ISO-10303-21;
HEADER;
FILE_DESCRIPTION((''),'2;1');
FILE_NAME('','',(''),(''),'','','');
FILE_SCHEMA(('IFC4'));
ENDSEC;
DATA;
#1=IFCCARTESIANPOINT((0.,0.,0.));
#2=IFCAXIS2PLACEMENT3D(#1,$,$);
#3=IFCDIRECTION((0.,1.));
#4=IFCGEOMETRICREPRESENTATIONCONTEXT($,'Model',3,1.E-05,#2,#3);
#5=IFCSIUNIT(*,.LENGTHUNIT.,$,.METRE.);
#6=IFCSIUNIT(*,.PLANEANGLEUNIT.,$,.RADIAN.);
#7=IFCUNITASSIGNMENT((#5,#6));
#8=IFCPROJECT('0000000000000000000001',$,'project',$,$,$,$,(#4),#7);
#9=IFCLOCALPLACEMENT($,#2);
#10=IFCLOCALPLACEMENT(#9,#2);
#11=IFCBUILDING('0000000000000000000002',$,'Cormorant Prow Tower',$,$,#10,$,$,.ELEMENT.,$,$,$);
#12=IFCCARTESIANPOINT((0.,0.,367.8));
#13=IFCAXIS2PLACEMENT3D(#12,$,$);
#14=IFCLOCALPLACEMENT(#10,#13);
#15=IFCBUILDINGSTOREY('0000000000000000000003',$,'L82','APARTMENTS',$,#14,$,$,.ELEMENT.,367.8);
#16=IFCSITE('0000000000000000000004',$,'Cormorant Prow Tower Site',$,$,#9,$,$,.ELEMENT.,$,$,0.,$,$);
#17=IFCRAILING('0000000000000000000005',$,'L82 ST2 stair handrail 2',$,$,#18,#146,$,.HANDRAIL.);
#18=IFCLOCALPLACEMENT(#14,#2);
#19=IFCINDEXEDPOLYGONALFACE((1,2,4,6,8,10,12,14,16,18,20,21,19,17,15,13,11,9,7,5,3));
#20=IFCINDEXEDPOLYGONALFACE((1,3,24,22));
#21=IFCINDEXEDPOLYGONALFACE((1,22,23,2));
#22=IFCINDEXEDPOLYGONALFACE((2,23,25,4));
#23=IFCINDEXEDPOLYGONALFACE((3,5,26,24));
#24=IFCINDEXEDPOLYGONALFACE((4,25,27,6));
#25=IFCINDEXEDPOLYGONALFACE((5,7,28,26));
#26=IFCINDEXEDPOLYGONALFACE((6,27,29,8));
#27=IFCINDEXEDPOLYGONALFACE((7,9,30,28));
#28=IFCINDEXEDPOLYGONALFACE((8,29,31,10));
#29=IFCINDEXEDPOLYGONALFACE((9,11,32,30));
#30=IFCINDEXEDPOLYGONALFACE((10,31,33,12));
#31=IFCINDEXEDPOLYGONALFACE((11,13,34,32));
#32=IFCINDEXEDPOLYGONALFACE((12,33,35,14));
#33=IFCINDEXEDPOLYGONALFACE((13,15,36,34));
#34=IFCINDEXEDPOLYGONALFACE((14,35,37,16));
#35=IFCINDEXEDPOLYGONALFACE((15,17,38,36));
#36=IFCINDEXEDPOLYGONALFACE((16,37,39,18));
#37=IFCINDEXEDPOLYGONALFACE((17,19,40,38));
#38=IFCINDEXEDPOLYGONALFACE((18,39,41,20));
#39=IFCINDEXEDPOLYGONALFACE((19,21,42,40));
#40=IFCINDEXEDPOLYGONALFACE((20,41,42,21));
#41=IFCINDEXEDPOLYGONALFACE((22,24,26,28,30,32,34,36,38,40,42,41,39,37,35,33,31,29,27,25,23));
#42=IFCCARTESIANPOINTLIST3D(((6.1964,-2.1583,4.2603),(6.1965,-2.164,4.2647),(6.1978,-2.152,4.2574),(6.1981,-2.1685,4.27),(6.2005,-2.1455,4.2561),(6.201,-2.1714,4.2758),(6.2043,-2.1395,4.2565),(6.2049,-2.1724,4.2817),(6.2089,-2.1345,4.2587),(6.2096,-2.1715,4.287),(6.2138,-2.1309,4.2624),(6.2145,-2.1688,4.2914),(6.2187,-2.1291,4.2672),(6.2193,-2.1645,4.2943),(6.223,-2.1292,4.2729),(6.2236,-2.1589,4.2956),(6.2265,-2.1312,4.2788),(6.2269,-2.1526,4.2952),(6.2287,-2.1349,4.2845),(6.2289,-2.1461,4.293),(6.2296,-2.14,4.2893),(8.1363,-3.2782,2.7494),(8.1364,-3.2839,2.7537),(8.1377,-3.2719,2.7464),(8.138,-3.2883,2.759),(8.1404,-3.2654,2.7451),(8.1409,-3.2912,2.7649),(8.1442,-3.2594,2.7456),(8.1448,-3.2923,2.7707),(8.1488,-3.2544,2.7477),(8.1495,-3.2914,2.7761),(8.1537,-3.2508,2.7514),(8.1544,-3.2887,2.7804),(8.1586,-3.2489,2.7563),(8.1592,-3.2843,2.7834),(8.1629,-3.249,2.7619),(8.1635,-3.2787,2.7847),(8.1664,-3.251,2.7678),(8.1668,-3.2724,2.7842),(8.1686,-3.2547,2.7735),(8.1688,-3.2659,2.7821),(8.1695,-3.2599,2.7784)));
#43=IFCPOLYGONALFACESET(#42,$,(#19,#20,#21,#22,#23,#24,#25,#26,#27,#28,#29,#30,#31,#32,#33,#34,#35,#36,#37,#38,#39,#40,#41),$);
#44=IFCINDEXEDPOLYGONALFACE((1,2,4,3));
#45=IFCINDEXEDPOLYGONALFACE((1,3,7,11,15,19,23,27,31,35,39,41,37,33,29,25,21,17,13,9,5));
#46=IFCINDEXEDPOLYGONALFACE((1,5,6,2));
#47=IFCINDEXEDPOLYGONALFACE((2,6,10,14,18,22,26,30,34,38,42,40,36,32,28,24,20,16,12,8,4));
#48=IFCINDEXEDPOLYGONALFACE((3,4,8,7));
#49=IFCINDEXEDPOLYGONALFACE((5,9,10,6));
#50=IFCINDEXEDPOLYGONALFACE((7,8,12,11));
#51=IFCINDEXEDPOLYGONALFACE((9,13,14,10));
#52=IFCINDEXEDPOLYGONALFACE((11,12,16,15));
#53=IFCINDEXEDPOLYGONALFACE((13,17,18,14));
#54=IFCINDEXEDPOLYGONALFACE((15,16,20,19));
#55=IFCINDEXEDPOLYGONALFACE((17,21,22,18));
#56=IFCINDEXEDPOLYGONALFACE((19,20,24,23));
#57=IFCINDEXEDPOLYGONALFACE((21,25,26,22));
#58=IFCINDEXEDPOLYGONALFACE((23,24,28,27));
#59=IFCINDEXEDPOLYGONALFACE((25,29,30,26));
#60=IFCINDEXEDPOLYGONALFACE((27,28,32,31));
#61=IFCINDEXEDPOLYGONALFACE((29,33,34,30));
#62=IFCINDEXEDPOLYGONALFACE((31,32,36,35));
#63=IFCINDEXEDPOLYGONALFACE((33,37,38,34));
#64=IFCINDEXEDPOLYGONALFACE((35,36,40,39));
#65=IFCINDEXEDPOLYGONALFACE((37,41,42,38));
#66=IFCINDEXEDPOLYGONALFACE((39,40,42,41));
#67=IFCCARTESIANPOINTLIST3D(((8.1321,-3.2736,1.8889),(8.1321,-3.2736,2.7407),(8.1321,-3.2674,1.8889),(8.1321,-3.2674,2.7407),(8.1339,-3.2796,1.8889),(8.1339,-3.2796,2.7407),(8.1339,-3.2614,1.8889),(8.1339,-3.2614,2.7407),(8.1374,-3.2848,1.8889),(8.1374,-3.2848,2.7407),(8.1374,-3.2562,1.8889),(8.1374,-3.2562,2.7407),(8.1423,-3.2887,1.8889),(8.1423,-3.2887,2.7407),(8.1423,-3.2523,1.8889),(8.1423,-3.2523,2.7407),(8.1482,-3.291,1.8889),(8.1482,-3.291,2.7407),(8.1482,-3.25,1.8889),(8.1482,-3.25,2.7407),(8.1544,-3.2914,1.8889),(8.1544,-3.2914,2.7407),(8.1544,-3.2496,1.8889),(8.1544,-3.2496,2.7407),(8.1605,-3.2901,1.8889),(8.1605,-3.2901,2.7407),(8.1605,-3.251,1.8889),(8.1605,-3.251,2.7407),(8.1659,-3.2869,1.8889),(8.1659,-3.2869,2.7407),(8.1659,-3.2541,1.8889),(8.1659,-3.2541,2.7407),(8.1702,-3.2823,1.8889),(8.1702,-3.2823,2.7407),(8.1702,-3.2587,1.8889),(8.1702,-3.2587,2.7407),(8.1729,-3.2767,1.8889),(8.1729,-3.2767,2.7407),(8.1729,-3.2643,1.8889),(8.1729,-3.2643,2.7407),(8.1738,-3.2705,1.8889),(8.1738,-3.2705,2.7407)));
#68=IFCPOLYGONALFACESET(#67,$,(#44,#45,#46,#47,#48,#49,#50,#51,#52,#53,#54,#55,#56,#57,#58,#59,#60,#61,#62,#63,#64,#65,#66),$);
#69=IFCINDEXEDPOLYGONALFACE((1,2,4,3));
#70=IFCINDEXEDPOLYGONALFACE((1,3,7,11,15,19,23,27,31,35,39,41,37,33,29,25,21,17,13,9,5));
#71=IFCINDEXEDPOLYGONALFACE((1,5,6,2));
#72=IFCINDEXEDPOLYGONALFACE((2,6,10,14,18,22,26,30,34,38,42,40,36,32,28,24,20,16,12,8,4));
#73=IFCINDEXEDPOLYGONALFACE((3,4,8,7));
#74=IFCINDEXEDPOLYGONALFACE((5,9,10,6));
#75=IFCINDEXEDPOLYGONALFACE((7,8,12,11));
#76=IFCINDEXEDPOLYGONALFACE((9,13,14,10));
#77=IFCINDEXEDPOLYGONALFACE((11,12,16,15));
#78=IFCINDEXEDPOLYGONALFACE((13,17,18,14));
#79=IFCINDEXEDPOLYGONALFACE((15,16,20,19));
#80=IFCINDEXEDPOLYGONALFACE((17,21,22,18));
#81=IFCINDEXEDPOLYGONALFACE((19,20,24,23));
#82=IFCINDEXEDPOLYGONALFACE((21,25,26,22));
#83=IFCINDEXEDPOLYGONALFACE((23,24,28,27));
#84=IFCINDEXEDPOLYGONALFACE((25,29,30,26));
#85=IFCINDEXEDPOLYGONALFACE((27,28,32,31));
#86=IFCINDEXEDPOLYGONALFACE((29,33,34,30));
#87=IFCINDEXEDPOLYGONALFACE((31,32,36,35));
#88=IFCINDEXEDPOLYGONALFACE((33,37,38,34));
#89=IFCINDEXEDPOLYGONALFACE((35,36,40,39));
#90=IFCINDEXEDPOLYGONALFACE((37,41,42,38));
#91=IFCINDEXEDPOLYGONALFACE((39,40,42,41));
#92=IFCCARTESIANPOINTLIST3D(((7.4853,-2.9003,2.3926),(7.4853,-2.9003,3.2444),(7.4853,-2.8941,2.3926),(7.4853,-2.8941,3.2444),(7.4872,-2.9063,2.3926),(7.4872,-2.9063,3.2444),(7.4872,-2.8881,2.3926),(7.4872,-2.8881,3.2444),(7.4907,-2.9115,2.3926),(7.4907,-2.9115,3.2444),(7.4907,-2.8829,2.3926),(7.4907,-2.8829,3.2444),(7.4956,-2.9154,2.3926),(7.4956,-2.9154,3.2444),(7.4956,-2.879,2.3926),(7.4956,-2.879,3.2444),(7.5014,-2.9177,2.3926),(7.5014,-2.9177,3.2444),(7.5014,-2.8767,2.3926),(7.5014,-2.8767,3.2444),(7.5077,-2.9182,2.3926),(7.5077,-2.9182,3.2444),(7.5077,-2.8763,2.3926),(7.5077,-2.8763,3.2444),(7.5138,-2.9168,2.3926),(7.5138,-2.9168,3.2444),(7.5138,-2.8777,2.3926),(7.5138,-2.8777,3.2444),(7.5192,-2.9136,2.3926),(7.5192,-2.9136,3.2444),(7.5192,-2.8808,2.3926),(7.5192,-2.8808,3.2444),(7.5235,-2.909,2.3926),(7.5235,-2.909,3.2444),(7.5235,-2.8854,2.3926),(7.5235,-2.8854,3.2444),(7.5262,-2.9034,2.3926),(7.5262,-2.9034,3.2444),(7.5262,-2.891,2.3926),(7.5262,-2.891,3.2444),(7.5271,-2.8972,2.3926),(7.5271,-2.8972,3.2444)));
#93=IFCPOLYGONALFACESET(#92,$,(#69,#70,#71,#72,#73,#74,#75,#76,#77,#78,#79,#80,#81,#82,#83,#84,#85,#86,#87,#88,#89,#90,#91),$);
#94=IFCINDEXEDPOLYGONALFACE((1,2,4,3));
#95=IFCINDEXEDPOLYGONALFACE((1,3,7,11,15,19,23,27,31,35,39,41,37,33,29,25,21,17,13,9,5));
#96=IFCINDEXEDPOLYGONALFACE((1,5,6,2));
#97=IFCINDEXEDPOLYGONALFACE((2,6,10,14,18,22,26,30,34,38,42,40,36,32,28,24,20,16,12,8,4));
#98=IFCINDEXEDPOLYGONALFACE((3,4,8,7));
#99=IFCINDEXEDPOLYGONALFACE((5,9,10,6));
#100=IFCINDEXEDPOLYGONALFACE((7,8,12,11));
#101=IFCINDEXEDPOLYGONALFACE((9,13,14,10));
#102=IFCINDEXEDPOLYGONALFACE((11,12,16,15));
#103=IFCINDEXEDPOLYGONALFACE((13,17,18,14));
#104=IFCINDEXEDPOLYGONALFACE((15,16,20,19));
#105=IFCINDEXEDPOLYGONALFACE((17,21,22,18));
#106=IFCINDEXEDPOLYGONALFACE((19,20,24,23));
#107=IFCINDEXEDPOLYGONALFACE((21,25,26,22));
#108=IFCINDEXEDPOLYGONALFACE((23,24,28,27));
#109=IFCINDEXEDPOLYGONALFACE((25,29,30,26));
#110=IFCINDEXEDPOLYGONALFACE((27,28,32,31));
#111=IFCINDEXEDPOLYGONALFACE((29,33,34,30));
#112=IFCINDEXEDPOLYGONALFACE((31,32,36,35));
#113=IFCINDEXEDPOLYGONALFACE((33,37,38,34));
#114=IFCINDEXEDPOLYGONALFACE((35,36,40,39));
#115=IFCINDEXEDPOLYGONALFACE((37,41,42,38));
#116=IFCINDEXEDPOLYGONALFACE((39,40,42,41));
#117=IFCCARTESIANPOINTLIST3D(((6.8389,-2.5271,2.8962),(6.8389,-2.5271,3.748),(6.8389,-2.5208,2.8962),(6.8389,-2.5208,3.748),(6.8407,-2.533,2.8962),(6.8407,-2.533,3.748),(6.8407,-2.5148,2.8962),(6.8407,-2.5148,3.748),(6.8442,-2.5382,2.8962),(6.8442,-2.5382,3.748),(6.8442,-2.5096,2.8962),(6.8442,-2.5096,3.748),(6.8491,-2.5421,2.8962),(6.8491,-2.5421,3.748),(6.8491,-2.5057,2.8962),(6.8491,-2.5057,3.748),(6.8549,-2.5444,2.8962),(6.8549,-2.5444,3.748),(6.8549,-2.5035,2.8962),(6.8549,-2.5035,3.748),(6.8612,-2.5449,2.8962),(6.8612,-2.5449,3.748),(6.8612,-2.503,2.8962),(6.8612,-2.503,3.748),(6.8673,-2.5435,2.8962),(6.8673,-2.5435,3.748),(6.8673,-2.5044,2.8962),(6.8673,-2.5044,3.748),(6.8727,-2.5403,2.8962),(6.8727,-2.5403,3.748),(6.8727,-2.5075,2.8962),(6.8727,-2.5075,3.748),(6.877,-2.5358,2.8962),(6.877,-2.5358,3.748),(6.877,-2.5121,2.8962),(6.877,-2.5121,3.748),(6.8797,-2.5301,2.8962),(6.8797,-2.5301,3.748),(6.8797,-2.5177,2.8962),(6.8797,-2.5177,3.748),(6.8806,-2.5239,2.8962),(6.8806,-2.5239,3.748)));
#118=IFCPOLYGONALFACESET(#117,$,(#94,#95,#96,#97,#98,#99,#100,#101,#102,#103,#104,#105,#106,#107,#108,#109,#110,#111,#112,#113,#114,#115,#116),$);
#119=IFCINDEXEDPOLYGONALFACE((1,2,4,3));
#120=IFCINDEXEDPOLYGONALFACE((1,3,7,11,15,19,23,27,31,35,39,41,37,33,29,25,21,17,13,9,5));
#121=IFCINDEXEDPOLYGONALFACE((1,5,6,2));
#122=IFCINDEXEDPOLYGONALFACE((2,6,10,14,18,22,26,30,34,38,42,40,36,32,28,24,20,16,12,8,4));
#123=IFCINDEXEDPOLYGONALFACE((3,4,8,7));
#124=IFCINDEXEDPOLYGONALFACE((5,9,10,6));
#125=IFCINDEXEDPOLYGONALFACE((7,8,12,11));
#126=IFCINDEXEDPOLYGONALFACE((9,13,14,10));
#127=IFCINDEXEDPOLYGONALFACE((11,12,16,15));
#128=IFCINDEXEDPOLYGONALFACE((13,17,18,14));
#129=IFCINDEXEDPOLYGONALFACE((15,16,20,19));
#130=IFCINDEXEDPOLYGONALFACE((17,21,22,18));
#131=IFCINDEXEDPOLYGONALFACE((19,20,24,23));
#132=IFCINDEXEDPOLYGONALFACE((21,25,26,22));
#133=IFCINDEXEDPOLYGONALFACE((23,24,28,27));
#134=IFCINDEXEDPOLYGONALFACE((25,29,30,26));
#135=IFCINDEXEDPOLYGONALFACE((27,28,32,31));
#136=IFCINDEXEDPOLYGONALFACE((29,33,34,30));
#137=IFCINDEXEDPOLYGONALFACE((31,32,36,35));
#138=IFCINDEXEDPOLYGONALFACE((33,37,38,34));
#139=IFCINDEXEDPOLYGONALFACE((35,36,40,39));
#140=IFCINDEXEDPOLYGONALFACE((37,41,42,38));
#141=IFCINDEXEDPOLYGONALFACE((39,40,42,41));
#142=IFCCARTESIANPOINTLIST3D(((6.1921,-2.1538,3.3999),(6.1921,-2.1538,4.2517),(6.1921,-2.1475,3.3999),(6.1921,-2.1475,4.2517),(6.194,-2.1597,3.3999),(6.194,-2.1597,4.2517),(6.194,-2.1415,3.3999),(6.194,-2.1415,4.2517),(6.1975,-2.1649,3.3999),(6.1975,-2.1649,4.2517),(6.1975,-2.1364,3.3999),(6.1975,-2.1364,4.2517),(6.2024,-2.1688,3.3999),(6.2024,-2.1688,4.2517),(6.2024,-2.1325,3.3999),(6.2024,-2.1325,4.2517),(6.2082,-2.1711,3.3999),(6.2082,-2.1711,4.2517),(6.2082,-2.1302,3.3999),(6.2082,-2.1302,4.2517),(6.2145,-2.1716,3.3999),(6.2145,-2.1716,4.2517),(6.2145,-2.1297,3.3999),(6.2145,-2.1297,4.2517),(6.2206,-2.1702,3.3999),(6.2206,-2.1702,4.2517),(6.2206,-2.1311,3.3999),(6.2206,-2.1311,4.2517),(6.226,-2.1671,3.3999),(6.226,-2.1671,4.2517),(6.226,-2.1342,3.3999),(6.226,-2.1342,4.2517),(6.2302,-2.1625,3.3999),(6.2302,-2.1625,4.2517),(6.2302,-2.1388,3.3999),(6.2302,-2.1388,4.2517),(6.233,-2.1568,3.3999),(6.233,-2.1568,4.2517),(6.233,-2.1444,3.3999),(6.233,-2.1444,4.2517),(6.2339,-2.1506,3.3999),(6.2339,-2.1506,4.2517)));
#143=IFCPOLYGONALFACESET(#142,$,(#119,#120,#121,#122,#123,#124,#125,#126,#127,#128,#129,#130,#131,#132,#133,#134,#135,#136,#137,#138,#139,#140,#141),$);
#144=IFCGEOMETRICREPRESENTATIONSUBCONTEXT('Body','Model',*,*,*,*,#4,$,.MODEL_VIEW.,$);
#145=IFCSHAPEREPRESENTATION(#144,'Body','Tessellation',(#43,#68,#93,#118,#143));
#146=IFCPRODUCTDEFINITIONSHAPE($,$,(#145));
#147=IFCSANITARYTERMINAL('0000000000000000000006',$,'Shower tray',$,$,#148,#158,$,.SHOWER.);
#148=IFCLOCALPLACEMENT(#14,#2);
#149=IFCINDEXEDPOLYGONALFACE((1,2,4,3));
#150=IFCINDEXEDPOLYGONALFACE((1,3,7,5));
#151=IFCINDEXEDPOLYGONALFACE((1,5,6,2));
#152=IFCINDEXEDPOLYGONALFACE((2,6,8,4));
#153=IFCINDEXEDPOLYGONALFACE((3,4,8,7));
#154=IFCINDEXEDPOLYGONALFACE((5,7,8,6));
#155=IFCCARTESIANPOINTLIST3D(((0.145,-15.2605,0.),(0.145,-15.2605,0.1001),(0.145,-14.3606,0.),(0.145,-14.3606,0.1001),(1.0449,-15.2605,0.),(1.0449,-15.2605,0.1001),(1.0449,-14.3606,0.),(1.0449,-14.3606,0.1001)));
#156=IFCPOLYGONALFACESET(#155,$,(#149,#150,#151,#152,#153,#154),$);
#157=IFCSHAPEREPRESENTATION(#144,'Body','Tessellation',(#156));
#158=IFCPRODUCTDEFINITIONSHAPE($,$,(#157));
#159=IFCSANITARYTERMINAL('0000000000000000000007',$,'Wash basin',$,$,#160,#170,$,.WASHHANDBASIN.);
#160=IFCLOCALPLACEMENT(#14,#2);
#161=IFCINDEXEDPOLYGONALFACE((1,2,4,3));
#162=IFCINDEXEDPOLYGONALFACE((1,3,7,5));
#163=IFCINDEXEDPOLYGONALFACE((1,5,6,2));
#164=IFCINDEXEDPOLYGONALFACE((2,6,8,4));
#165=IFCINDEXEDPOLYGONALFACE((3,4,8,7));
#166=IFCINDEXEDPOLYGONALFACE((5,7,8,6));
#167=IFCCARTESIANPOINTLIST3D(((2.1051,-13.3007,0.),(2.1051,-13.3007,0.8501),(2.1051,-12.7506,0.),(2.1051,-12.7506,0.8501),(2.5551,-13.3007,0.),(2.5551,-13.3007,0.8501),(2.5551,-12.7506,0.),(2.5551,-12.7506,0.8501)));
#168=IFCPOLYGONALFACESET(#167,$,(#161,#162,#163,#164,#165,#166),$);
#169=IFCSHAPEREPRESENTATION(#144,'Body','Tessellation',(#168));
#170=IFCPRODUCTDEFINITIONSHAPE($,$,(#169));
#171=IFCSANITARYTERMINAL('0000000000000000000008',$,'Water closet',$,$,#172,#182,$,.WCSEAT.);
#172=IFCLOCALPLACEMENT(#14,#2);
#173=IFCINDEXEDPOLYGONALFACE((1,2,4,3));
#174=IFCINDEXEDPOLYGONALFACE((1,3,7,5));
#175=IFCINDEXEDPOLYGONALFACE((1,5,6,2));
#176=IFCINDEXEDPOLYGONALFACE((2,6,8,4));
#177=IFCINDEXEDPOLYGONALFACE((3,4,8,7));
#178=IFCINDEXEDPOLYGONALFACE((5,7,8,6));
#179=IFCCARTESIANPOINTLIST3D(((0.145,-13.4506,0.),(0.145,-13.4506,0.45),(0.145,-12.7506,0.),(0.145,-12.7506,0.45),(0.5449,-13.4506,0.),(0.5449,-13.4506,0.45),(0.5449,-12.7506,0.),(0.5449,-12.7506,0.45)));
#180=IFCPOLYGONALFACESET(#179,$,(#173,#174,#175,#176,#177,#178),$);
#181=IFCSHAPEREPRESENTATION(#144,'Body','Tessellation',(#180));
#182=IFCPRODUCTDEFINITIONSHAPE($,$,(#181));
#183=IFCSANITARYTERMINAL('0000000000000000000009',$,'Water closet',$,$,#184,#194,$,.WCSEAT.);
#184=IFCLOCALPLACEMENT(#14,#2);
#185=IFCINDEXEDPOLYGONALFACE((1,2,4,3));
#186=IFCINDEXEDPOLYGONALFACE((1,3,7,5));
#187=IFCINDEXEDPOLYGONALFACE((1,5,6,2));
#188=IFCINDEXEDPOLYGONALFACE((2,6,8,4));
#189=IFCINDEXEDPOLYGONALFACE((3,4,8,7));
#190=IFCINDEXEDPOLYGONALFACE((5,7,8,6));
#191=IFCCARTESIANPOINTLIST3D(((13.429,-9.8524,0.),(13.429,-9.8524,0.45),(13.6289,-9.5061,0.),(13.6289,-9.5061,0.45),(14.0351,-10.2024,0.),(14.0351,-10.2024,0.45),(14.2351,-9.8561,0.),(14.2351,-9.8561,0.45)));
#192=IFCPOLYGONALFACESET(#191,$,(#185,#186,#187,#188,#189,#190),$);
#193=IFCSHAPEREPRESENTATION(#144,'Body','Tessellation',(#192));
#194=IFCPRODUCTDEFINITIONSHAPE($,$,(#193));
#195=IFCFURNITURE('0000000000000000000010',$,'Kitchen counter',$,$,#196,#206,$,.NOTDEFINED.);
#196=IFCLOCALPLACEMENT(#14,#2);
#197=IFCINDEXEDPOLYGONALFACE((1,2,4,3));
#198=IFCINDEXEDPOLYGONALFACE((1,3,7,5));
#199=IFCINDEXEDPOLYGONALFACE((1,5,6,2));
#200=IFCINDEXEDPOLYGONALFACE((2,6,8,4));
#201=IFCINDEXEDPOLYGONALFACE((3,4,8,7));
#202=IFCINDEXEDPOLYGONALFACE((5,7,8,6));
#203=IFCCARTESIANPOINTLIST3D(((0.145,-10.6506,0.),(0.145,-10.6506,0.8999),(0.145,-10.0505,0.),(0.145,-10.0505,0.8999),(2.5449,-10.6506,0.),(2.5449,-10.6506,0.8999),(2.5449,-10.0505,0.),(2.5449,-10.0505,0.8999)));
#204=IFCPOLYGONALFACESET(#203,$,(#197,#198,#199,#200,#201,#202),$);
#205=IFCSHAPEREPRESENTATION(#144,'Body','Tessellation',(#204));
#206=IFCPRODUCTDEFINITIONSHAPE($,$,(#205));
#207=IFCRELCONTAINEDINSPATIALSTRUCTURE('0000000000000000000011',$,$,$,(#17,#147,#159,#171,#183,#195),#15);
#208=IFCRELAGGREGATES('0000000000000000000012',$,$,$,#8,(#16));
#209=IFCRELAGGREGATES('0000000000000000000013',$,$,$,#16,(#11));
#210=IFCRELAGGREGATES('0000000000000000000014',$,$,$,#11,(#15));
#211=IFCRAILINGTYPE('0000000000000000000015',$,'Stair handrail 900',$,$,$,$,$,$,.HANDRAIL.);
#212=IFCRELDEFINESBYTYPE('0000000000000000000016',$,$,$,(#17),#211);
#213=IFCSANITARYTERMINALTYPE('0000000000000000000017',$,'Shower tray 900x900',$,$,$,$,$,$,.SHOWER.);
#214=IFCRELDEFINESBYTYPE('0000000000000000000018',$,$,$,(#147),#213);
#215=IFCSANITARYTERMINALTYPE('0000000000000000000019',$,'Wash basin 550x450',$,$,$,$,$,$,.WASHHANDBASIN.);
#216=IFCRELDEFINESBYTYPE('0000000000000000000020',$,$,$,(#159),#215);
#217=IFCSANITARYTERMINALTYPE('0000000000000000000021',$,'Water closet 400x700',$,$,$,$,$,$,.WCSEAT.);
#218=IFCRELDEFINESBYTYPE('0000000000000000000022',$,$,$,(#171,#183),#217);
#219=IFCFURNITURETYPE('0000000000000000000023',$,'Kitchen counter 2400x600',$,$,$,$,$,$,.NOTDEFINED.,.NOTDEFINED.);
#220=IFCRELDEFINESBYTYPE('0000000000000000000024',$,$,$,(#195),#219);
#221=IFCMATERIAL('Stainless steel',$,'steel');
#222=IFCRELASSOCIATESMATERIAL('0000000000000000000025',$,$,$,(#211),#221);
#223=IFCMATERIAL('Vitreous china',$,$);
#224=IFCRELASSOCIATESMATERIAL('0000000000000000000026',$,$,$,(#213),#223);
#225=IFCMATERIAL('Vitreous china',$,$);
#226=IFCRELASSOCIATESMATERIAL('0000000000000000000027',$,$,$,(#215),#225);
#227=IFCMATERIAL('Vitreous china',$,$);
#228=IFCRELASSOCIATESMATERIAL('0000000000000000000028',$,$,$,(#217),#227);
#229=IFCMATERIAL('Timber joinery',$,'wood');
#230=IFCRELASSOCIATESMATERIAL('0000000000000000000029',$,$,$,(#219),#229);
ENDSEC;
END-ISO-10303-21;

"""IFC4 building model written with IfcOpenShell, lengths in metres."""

from ifc_helpers import new_model, si_unit, direction, frame, origin, origin_2d, place, context, subcontext, project, spatial, rectangle, circle, extrude, material, type_object, element, save


model = new_model("IFC4")

# Units and contexts
model_context = context("Model", 3, precision=1e-05, world=origin(), true_north=direction((0.0, 1.0)))
body_context = subcontext(model_context, "Body", "Model", "MODEL_VIEW")
ifc_project = project(units=[si_unit("LENGTHUNIT", "METRE"), si_unit("PLANEANGLEUNIT", "RADIAN")], contexts=[model_context])

# Site, building, storey
site_placement = place(None, origin())
site = spatial("IfcSite", under=ifc_project, at=site_placement, Name="Cormorant Prow Tower Site", CompositionType="ELEMENT", RefElevation=0.0)
building_placement = place(site_placement, origin())
building = spatial("IfcBuilding", under=site, at=building_placement, Name="Cormorant Prow Tower", CompositionType="ELEMENT")
storey_placement = place(building_placement, frame((0.0, 0.0, 367.8)))
storey = spatial("IfcBuildingStorey", under=building, at=storey_placement, Name="L82", Description="APARTMENTS", CompositionType="ELEMENT", Elevation=367.8)

# Railing
ifc_material_1 = material(Name="Stainless steel", Category="steel")
railing_type = type_object("IfcRailingType", Name="Stair handrail 900", PredefinedType="HANDRAIL", material=ifc_material_1)
railing_1_placement = place(storey_placement, frame((8.1528, -3.2705, 1.8889)))
element("IfcRailing", 1, at=railing_1_placement, inside=storey, type_object=railing_type, Name="L82 ST2 stair handrail 2", PredefinedType="HANDRAIL", context=body_context, shape_type="SweptSolid", body=[
    extrude(circle(Radius=0.0239, at=origin_2d()), frame((0.0, 0.0, 0.876), z_axis=(-0.717977, 0.414467, 0.559219), x_axis=(-0.499949, -0.866055, 0.0)), (0.0, 0.0, 1.0), 2.7019),
    extrude(circle(Radius=0.021, at=origin_2d()), origin(), (0.0, 0.0, 1.0), 0.8518),
    extrude(circle(Radius=0.021, at=origin_2d()), frame((-0.6467, 0.3733, 0.5037)), (0.0, 0.0, 1.0), 0.8518),
    extrude(circle(Radius=0.021, at=origin_2d()), frame((-1.2932, 0.7466, 1.0073)), (0.0, 0.0, 1.0), 0.8518),
    extrude(circle(Radius=0.021, at=origin_2d()), frame((-1.9399, 1.1199, 1.511)), (0.0, 0.0, 1.0), 0.8518),
])

# Sanitary terminals
ifc_material_2 = material(Name="Vitreous china")
sanitary_terminal_type_1 = type_object("IfcSanitaryTerminalType", Name="Shower tray 900x900", PredefinedType="SHOWER", material=ifc_material_2)
sanitary_terminal_1_placement = place(storey_placement, frame((0.595, -14.8105, 0.0), z_axis=(0.0, 0.0, 1.0), x_axis=(0.0, 1.0, 0.0)))
element("IfcSanitaryTerminal", 2, at=sanitary_terminal_1_placement, inside=storey, type_object=sanitary_terminal_type_1, Name="Shower tray", PredefinedType="SHOWER", context=body_context, shape_type="SweptSolid", body=[
    extrude(rectangle(XDim=0.8999, YDim=0.8999, at=origin_2d()), origin(), (0.0, 0.0, 1.0), 0.1001),
])
ifc_material_3 = material(Name="Vitreous china")
sanitary_terminal_type_2 = type_object("IfcSanitaryTerminalType", Name="Wash basin 550x450", PredefinedType="WASHHANDBASIN", material=ifc_material_3)
sanitary_terminal_2_placement = place(storey_placement, frame((2.3301, -13.0256, 0.0), z_axis=(0.0, 0.0, 1.0), x_axis=(0.0, -1.0, 0.0)))
element("IfcSanitaryTerminal", 3, at=sanitary_terminal_2_placement, inside=storey, type_object=sanitary_terminal_type_2, Name="Wash basin", PredefinedType="WASHHANDBASIN", context=body_context, shape_type="SweptSolid", body=[
    extrude(rectangle(XDim=0.55, YDim=0.45, at=origin_2d()), origin(), (0.0, 0.0, 1.0), 0.8501),
])
ifc_material_4 = material(Name="Vitreous china")
sanitary_terminal_type_3 = type_object("IfcSanitaryTerminalType", Name="Water closet 400x700", PredefinedType="WCSEAT", material=ifc_material_4)
for number, where, z_axis, x_axis, name in (
    (4, (0.345, -13.1006, 0.0), (0.0, 0.0, 1.0), (1.0, 0.0, 0.0), "Water closet"),
    (5, (13.832, -9.8542, 0.0), (0.0, 0.0, 1.0), (0.5, 0.866025, 0.0), "Water closet"),
):
    element("IfcSanitaryTerminal", number, at=place(storey_placement, frame(where, z_axis=z_axis, x_axis=x_axis)), inside=storey, type_object=sanitary_terminal_type_3, Name=name, PredefinedType="WCSEAT", context=body_context, shape_type="SweptSolid", body=[
        extrude(rectangle(XDim=0.3999, YDim=0.7, at=origin_2d()), origin(), (0.0, 0.0, 1.0), 0.45),
    ])

# Furniture
ifc_material_5 = material(Name="Timber joinery", Category="wood")
furniture_type = type_object("IfcFurnitureType", Name="Kitchen counter 2400x600", AssemblyPlace="NOTDEFINED", PredefinedType="NOTDEFINED", material=ifc_material_5)
furniture_placement = place(storey_placement, frame((1.345, -10.3506, 0.0), z_axis=(0.0, 0.0, 1.0), x_axis=(1.0, 0.0, 0.0)))
element("IfcFurniture", 6, at=furniture_placement, inside=storey, type_object=furniture_type, Name="Kitchen counter", PredefinedType="NOTDEFINED", context=body_context, shape_type="SweptSolid", body=[
    extrude(rectangle(XDim=2.3999, YDim=0.6001, at=origin_2d()), origin(), (0.0, 0.0, 1.0), 0.8999),
])

save(model, "model.ifc")
